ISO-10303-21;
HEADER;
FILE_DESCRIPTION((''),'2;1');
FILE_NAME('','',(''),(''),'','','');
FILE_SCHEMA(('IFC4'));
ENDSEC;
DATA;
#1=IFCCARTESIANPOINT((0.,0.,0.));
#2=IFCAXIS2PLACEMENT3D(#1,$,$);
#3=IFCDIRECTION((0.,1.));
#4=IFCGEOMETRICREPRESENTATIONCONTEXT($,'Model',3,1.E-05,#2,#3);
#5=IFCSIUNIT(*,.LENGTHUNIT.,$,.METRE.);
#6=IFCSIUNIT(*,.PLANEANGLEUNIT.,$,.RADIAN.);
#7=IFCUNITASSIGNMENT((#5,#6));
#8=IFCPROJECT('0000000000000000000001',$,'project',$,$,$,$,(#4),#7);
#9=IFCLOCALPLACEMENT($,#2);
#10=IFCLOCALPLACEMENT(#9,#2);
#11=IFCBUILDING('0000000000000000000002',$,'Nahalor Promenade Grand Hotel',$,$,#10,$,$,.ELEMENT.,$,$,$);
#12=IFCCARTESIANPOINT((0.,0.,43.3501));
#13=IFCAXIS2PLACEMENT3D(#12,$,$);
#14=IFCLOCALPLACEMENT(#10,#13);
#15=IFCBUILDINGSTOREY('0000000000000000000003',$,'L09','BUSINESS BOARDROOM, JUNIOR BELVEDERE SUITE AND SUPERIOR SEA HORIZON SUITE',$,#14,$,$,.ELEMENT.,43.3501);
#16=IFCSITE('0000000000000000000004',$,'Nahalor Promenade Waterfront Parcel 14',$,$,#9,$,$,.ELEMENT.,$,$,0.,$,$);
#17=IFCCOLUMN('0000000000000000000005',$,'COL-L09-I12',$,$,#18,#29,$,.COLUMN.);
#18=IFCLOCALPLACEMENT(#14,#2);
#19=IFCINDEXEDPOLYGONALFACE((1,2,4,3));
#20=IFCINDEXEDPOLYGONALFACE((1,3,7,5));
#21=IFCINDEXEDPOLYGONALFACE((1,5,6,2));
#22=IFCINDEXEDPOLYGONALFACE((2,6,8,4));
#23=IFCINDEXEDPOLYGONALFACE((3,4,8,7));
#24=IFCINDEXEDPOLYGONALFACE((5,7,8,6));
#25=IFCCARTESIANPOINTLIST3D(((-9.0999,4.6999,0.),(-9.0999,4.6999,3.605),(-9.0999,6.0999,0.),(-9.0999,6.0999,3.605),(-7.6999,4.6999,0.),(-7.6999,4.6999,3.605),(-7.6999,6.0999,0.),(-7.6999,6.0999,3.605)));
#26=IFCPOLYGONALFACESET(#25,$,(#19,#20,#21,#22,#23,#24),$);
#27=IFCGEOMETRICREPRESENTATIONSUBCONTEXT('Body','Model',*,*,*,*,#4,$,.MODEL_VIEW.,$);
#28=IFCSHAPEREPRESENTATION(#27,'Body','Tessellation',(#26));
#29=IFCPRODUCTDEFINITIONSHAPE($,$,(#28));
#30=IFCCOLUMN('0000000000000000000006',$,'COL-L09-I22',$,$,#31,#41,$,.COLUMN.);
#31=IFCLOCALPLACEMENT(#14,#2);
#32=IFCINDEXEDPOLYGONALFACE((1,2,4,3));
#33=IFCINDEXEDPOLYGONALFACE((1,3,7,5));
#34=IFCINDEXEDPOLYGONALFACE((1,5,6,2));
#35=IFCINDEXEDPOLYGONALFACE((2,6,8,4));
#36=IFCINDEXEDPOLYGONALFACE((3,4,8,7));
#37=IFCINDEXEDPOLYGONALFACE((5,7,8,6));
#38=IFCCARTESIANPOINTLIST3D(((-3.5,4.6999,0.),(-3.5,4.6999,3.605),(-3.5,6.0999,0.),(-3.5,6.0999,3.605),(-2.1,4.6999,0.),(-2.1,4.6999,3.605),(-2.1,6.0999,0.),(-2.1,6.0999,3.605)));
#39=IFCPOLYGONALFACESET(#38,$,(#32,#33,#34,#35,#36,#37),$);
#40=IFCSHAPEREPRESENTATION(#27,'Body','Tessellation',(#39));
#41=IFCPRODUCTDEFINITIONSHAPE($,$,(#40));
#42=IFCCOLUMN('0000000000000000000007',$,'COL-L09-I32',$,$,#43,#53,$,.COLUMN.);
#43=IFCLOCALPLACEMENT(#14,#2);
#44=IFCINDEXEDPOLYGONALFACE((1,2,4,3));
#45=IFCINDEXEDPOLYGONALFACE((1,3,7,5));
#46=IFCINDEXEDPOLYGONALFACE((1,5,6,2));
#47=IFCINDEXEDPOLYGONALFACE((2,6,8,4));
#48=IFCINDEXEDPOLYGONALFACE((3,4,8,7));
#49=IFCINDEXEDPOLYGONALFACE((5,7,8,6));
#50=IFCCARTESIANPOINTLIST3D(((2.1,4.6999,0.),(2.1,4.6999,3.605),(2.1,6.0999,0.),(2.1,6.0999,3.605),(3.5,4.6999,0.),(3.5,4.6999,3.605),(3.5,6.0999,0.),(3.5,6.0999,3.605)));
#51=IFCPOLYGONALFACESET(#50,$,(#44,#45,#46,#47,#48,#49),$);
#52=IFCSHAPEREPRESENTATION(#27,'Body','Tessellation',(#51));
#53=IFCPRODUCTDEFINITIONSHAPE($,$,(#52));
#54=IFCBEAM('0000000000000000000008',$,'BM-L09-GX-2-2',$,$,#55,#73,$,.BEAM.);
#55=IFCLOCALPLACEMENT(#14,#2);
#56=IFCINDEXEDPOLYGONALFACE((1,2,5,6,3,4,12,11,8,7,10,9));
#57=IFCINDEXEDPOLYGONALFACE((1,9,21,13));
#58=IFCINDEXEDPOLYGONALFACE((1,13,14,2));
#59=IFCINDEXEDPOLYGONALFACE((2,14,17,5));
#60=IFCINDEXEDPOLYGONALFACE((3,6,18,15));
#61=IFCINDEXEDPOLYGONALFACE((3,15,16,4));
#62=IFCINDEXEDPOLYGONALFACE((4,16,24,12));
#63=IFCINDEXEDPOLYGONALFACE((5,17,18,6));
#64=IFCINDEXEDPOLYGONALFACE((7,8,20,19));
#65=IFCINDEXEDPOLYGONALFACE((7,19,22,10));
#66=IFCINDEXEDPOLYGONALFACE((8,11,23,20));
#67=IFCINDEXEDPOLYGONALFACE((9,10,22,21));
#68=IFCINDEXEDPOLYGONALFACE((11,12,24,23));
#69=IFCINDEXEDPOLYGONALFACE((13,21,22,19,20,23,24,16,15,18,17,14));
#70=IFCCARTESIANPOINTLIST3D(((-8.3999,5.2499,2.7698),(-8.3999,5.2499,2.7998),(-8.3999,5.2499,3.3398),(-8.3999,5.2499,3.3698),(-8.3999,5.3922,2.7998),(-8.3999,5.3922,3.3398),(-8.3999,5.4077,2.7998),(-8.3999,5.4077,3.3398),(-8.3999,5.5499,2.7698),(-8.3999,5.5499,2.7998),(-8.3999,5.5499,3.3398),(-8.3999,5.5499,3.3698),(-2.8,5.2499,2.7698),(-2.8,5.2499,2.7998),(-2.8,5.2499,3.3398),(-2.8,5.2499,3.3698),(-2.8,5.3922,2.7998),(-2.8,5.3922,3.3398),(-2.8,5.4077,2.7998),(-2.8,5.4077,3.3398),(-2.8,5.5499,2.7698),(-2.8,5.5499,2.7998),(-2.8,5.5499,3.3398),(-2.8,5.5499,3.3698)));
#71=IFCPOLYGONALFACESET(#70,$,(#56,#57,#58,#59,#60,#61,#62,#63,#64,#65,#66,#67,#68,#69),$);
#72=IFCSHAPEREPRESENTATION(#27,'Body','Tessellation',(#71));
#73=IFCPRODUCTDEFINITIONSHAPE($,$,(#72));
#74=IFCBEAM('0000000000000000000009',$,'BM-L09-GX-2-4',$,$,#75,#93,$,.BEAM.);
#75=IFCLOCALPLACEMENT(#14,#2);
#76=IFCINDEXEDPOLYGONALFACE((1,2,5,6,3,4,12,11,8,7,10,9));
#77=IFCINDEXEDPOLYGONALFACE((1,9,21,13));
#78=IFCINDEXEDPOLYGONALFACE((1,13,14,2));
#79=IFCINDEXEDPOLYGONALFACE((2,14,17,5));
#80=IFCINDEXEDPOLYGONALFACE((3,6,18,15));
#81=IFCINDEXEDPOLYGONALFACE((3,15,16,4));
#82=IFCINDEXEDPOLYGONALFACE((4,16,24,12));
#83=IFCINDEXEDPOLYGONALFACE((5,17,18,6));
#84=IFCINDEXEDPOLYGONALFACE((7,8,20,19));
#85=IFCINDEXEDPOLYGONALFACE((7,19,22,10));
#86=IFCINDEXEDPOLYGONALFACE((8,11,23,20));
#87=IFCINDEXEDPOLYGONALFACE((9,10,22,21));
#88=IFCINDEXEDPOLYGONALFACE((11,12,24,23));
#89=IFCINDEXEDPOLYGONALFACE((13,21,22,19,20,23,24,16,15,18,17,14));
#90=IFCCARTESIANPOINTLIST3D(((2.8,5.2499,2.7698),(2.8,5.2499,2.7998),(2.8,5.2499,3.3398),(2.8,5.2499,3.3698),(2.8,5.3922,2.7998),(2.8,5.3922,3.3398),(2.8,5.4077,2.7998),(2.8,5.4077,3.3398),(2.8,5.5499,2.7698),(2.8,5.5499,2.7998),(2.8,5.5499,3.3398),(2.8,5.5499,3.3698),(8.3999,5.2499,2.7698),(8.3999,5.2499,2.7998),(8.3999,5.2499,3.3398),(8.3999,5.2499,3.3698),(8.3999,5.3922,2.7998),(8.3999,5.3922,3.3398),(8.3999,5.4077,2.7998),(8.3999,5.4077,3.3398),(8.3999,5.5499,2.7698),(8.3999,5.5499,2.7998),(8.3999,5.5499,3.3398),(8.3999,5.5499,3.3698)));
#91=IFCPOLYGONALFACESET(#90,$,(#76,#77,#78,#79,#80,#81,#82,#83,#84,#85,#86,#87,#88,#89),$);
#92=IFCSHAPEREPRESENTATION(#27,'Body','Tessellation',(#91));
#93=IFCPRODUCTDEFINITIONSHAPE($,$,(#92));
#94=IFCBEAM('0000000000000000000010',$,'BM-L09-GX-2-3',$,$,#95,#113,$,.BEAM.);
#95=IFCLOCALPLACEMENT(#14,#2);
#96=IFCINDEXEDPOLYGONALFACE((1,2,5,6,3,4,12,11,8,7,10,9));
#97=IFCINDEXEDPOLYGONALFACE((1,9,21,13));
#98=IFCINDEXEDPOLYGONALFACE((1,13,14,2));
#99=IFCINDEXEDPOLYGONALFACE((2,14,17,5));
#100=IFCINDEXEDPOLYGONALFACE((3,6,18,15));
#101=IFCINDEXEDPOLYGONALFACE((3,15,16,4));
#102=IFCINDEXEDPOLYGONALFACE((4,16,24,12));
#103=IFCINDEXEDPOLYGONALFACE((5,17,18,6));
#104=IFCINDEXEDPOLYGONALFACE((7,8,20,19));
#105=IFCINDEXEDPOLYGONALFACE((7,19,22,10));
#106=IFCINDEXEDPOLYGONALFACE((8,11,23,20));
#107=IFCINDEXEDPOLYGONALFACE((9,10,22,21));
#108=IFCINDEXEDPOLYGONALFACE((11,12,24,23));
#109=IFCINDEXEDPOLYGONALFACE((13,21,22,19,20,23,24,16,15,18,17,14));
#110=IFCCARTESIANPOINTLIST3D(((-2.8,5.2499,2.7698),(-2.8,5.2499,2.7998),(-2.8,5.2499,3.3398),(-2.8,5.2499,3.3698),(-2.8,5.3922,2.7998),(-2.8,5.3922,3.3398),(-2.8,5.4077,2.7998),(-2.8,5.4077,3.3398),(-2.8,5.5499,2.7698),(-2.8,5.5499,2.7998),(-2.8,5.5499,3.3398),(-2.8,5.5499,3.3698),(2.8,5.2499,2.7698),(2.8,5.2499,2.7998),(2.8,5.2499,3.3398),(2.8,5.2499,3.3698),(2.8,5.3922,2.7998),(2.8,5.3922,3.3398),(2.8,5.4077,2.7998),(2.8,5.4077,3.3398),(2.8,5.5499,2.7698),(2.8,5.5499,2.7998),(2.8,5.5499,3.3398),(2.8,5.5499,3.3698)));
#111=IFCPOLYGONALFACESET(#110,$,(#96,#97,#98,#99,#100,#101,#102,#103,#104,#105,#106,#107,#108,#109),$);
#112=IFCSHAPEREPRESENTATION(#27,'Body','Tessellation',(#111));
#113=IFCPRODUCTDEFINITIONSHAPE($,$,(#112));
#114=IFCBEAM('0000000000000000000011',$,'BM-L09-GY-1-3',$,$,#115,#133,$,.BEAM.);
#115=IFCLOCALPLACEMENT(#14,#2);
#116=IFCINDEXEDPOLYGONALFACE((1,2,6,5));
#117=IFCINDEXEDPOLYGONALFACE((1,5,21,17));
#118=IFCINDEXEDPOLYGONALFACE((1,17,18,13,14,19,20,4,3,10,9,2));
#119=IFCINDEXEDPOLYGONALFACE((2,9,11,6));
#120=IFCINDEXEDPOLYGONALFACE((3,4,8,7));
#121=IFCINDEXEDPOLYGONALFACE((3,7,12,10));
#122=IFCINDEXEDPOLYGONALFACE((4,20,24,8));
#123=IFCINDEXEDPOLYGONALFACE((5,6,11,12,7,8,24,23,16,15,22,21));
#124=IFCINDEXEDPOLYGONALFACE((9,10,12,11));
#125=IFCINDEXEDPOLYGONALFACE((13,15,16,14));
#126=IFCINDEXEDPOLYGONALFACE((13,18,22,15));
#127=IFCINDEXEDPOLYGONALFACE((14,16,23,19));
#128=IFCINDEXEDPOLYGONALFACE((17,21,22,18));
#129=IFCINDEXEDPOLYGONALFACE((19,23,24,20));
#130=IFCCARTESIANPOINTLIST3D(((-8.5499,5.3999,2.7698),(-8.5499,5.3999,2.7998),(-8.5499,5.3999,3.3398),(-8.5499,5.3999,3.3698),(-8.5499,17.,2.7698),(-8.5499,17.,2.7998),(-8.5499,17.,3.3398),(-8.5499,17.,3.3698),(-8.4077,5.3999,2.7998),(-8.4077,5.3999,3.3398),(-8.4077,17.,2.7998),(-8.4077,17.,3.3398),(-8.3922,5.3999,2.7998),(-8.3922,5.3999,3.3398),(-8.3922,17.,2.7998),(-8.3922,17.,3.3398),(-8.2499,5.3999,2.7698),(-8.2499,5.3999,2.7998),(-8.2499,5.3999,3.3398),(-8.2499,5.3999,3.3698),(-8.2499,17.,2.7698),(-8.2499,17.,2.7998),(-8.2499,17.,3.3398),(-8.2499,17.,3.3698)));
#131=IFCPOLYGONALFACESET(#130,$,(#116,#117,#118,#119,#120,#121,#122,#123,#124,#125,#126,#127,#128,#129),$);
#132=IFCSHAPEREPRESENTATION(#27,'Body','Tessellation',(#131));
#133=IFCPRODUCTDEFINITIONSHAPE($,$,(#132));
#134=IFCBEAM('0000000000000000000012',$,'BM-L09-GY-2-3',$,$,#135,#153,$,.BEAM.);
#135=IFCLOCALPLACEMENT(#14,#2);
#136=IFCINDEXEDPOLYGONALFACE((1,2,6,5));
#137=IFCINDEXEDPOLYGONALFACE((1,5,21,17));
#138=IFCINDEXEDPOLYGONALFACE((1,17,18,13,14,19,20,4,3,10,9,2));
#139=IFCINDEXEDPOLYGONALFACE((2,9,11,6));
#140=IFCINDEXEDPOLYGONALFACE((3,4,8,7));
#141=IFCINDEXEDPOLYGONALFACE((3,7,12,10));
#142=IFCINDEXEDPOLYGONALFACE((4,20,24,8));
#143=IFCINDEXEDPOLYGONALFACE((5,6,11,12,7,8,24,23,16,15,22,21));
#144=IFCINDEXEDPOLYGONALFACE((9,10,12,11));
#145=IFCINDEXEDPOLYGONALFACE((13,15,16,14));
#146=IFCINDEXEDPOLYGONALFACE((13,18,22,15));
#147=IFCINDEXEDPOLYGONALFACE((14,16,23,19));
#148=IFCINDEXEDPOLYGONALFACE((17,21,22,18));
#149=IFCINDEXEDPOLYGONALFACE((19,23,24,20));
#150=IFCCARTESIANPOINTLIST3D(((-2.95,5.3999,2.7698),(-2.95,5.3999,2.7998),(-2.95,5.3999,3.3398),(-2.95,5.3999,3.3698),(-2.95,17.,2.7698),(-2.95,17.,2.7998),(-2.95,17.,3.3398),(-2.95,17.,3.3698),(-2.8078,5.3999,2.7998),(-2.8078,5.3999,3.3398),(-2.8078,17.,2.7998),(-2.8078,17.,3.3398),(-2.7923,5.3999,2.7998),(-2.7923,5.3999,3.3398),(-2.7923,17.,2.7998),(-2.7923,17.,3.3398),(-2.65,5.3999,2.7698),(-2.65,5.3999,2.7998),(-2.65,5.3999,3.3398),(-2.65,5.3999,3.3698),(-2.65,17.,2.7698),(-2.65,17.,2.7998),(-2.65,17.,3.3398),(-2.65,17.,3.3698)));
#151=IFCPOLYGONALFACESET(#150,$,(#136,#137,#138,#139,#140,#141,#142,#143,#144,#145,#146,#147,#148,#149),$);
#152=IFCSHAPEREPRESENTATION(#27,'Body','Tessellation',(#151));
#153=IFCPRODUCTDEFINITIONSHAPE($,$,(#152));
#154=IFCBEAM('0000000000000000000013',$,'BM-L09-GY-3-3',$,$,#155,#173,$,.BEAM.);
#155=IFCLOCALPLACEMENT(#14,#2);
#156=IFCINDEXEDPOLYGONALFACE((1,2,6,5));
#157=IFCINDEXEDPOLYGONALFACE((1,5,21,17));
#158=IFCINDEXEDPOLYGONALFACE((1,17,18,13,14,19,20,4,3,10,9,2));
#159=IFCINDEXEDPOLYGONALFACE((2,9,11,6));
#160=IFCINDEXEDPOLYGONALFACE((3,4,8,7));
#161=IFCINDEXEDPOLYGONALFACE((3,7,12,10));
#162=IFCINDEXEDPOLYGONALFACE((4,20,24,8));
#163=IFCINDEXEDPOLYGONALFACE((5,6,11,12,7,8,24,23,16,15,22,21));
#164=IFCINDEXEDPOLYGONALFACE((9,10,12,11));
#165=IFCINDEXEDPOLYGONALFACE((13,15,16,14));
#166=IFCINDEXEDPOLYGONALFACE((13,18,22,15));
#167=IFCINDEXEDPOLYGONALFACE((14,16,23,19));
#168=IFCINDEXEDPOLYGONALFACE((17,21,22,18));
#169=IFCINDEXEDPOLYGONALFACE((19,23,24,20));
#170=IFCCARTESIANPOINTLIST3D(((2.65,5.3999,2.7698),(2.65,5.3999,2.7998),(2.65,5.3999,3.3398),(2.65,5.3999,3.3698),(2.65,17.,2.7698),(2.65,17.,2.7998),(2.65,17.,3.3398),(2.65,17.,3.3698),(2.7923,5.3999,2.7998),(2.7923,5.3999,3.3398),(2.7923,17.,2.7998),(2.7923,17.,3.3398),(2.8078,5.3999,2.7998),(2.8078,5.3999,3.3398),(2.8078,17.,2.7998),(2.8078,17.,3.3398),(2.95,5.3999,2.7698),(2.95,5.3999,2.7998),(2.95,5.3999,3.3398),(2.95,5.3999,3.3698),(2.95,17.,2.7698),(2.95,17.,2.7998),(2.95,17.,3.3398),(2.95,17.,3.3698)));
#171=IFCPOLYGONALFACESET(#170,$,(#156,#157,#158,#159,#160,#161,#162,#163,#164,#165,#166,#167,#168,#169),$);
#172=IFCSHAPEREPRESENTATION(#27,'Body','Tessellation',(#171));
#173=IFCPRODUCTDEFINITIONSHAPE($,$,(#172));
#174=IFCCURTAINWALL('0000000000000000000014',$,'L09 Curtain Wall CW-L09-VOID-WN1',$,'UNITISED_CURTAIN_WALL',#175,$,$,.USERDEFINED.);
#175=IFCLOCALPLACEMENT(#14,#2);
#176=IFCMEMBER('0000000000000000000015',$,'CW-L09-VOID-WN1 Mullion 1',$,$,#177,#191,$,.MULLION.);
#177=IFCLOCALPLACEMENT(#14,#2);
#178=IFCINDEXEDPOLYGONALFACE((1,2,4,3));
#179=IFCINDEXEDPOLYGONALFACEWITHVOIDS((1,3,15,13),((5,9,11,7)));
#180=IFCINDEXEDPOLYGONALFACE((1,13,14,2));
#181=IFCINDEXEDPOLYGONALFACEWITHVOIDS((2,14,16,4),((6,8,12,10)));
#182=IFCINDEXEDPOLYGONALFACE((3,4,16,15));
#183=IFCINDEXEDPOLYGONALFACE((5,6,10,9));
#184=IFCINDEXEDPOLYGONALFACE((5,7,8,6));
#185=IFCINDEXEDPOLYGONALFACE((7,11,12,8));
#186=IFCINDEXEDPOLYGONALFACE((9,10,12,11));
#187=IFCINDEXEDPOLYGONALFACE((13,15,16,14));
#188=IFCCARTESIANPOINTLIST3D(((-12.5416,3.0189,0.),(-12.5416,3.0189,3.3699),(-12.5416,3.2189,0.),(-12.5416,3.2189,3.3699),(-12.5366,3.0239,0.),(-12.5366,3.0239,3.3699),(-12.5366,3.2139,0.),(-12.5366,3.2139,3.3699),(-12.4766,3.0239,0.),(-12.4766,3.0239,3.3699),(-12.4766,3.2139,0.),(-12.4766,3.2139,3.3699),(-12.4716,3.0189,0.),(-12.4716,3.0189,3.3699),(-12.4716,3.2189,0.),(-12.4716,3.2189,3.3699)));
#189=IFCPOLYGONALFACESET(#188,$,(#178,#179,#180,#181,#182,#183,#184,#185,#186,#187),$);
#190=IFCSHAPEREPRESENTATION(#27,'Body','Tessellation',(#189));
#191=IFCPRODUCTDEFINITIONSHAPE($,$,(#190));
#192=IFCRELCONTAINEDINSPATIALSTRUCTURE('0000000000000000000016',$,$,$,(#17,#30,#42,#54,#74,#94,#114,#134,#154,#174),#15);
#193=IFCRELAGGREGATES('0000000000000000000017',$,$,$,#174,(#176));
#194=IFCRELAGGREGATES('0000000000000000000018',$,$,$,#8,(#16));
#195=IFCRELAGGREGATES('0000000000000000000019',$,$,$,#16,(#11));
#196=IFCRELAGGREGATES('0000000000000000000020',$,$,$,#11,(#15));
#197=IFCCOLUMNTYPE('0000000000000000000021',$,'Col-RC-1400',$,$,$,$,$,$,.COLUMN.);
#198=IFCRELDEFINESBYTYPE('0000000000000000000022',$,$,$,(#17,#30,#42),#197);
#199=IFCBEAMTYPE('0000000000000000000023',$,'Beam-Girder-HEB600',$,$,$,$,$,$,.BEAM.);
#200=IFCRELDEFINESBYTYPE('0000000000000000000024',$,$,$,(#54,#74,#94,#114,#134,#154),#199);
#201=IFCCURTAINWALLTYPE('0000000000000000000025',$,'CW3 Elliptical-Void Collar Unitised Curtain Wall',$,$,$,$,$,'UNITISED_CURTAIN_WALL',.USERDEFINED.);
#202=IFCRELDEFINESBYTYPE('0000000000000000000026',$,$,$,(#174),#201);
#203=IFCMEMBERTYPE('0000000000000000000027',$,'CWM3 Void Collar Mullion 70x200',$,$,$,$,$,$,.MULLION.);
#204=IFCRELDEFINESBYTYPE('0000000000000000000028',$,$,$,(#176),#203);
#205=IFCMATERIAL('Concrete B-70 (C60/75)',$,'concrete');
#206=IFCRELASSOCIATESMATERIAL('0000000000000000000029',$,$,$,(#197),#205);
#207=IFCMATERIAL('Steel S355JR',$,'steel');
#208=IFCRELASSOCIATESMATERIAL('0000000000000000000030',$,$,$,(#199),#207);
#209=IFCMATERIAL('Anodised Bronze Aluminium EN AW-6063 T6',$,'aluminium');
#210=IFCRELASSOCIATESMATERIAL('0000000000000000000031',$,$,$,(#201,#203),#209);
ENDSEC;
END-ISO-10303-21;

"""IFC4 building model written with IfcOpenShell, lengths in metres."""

from ifc_helpers import new_model, si_unit, direction, frame, origin, origin_2d, place, context, subcontext, project, spatial, rectangle, hollow_rectangle, i_section, extrude, source, transform, mapped, material, material_profile, profile_set, type_object, element, aggregate, save


model = new_model("IFC4")

# Units and contexts
model_context = context("Model", 3, precision=1e-05, world=origin(), true_north=direction((0.0, 1.0)))
body_context = subcontext(model_context, "Body", "Model", "MODEL_VIEW")
ifc_project = project(units=[si_unit("LENGTHUNIT", "METRE"), si_unit("PLANEANGLEUNIT", "RADIAN")], contexts=[model_context])

# Site, building, storey
site_placement = place(None, origin())
site = spatial("IfcSite", under=ifc_project, at=site_placement, Name="Nahalor Promenade Waterfront Parcel 14", CompositionType="ELEMENT", RefElevation=0.0)
building_placement = place(site_placement, origin())
building = spatial("IfcBuilding", under=site, at=building_placement, Name="Nahalor Promenade Grand Hotel", CompositionType="ELEMENT")
storey_placement = place(building_placement, frame((0.0, 0.0, 43.3501)))
storey = spatial("IfcBuildingStorey", under=building, at=storey_placement, Name="L09", Description="BUSINESS BOARDROOM, JUNIOR BELVEDERE SUITE AND SUPERIOR SEA HORIZON SUITE", CompositionType="ELEMENT", Elevation=43.3501)

# Columns
ifc_material_1 = material(Name="Concrete B-70 (C60/75)", Category="concrete")
ifc_material_profile_1 = material_profile(ifc_material_1, rectangle(XDim=1.4, YDim=1.4, at=origin_2d()), Name="RC 1400x1400")
ifc_profile_set_1 = profile_set([ifc_material_profile_1], Name="Concrete B-70 (C60/75)")
column_type = type_object("IfcColumnType", Name="Col-RC-1400", PredefinedType="COLUMN", material=ifc_profile_set_1)
shared_shape_1 = source(origin(), body_context, "Body", "SweptSolid", [
    extrude(rectangle(XDim=1.4, YDim=1.4, at=origin_2d()), origin(), (0.0, 0.0, 1.0), 3.605),
])
for number, where, z_axis, x_axis, name in (
    (1, (-8.3999, 5.3999, 0.0), (0.0, 0.0, 1.0), (1.0, 0.0, 0.0), "COL-L09-I12"),
    (2, (-2.8, 5.3999, 0.0), (0.0, 0.0, 1.0), (1.0, 0.0, 0.0), "COL-L09-I22"),
    (3, (2.8, 5.3999, 0.0), (0.0, 0.0, 1.0), (1.0, 0.0, 0.0), "COL-L09-I32"),
):
    element("IfcColumn", number, at=place(storey_placement, frame(where, z_axis=z_axis, x_axis=x_axis)), inside=storey, type_object=column_type, Name=name, PredefinedType="COLUMN", context=body_context, shape_type="MappedRepresentation", body=[
        mapped(shared_shape_1, transform((0.0, 0.0, 0.0), scale=1.0)),
    ])

# Beams
ifc_material_2 = material(Name="Steel S355JR", Category="steel")
ifc_material_profile_2 = material_profile(ifc_material_2, i_section(OverallWidth=0.3, OverallDepth=0.6, WebThickness=0.0155, FlangeThickness=0.03, at=origin_2d()), Name="HEB 600")
ifc_profile_set_2 = profile_set([ifc_material_profile_2], Name="Steel S355JR")
beam_type = type_object("IfcBeamType", Name="Beam-Girder-HEB600", PredefinedType="BEAM", material=ifc_profile_set_2)
shared_shape_2 = source(origin(), body_context, "Body", "SweptSolid", [
    extrude(i_section(OverallWidth=0.3, OverallDepth=0.6, WebThickness=0.0155, FlangeThickness=0.03, at=origin_2d()), origin(), (0.0, 0.0, 1.0), 5.5999),
])
for number, where, z_axis, x_axis, name in (
    (4, (-8.3999, 5.3999, 3.0698), (1.0, 0.0, 0.0), (0.0, 1.0, 0.0), "BM-L09-GX-2-2"),
    (5, (2.8, 5.3999, 3.0698), (1.0, 0.0, 0.0), (0.0, 1.0, 0.0), "BM-L09-GX-2-4"),
):
    element("IfcBeam", number, at=place(storey_placement, frame(where, z_axis=z_axis, x_axis=x_axis)), inside=storey, type_object=beam_type, Name=name, PredefinedType="BEAM", context=body_context, shape_type="MappedRepresentation", body=[
        mapped(shared_shape_2, transform((0.0, 0.0, 0.0), scale=1.0)),
    ])
shared_shape_3 = source(origin(), body_context, "Body", "SweptSolid", [
    extrude(i_section(OverallWidth=0.3, OverallDepth=0.6, WebThickness=0.0155, FlangeThickness=0.03, at=origin_2d()), origin(), (0.0, 0.0, 1.0), 5.6001),
])
beam_placement = place(storey_placement, frame((-2.8, 5.3999, 3.0698), z_axis=(1.0, 0.0, 0.0), x_axis=(0.0, 1.0, 0.0)))
element("IfcBeam", 6, at=beam_placement, inside=storey, type_object=beam_type, Name="BM-L09-GX-2-3", PredefinedType="BEAM", context=body_context, shape_type="MappedRepresentation", body=[
    mapped(shared_shape_3, transform((0.0, 0.0, 0.0), scale=1.0)),
])
shared_shape_4 = source(origin(), body_context, "Body", "SweptSolid", [
    extrude(i_section(OverallWidth=0.3, OverallDepth=0.6, WebThickness=0.0155, FlangeThickness=0.03, at=origin_2d()), origin(), (0.0, 0.0, 1.0), 11.6001),
])
for number, where, z_axis, x_axis, name in (
    (7, (-8.3999, 5.3999, 3.0698), (0.0, 1.0, 0.0), (-1.0, 0.0, 0.0), "BM-L09-GY-1-3"),
    (8, (-2.8, 5.3999, 3.0698), (0.0, 1.0, 0.0), (-1.0, 0.0, 0.0), "BM-L09-GY-2-3"),
    (9, (2.8, 5.3999, 3.0698), (0.0, 1.0, 0.0), (-1.0, 0.0, 0.0), "BM-L09-GY-3-3"),
):
    element("IfcBeam", number, at=place(storey_placement, frame(where, z_axis=z_axis, x_axis=x_axis)), inside=storey, type_object=beam_type, Name=name, PredefinedType="BEAM", context=body_context, shape_type="MappedRepresentation", body=[
        mapped(shared_shape_4, transform((0.0, 0.0, 0.0), scale=1.0)),
    ])

# Curtain wall, member
ifc_material_3 = material(Name="Anodised Bronze Aluminium EN AW-6063 T6", Category="aluminium")
curtain_wall_type = type_object("IfcCurtainWallType", Name="CW3 Elliptical-Void Collar Unitised Curtain Wall", ElementType="UNITISED_CURTAIN_WALL", PredefinedType="USERDEFINED", material=ifc_material_3)
curtain_wall_1_placement = place(storey_placement, origin())
curtain_wall_1 = element("IfcCurtainWall", 10, at=curtain_wall_1_placement, inside=storey, type_object=curtain_wall_type, Name="L09 Curtain Wall CW-L09-VOID-WN1", ObjectType="UNITISED_CURTAIN_WALL", PredefinedType="USERDEFINED")
ifc_material_profile_3 = material_profile(ifc_material_3, hollow_rectangle(XDim=0.07, YDim=0.2, WallThickness=0.005, at=origin_2d()), Name="CWM 70x200x5")
ifc_profile_set_3 = profile_set([ifc_material_profile_3], Name="Anodised Bronze Aluminium EN AW-6063 T6")
member_type_1 = type_object("IfcMemberType", Name="CWM3 Void Collar Mullion 70x200", PredefinedType="MULLION", material=ifc_profile_set_3)
shared_shape_5 = source(origin(), body_context, "Body", "SweptSolid", [
    extrude(hollow_rectangle(XDim=0.07, YDim=0.2, WallThickness=0.005, at=origin_2d()), origin(), (0.0, 0.0, 1.0), 3.3699),
])
member_1_placement = place(storey_placement, frame((-12.5066, 3.1189, 0.0), z_axis=(0.0, 0.0, 1.0), x_axis=(1.0, 0.0, 0.0)))
member_1 = element("IfcMember", 11, at=member_1_placement, type_object=member_type_1, Name="CW-L09-VOID-WN1 Mullion 1", PredefinedType="MULLION", context=body_context, shape_type="MappedRepresentation", body=[
    mapped(shared_shape_5, transform((0.0, 0.0, 0.0), scale=1.0)),
])

aggregate(curtain_wall_1, [member_1])

save(model, "model.ifc")
